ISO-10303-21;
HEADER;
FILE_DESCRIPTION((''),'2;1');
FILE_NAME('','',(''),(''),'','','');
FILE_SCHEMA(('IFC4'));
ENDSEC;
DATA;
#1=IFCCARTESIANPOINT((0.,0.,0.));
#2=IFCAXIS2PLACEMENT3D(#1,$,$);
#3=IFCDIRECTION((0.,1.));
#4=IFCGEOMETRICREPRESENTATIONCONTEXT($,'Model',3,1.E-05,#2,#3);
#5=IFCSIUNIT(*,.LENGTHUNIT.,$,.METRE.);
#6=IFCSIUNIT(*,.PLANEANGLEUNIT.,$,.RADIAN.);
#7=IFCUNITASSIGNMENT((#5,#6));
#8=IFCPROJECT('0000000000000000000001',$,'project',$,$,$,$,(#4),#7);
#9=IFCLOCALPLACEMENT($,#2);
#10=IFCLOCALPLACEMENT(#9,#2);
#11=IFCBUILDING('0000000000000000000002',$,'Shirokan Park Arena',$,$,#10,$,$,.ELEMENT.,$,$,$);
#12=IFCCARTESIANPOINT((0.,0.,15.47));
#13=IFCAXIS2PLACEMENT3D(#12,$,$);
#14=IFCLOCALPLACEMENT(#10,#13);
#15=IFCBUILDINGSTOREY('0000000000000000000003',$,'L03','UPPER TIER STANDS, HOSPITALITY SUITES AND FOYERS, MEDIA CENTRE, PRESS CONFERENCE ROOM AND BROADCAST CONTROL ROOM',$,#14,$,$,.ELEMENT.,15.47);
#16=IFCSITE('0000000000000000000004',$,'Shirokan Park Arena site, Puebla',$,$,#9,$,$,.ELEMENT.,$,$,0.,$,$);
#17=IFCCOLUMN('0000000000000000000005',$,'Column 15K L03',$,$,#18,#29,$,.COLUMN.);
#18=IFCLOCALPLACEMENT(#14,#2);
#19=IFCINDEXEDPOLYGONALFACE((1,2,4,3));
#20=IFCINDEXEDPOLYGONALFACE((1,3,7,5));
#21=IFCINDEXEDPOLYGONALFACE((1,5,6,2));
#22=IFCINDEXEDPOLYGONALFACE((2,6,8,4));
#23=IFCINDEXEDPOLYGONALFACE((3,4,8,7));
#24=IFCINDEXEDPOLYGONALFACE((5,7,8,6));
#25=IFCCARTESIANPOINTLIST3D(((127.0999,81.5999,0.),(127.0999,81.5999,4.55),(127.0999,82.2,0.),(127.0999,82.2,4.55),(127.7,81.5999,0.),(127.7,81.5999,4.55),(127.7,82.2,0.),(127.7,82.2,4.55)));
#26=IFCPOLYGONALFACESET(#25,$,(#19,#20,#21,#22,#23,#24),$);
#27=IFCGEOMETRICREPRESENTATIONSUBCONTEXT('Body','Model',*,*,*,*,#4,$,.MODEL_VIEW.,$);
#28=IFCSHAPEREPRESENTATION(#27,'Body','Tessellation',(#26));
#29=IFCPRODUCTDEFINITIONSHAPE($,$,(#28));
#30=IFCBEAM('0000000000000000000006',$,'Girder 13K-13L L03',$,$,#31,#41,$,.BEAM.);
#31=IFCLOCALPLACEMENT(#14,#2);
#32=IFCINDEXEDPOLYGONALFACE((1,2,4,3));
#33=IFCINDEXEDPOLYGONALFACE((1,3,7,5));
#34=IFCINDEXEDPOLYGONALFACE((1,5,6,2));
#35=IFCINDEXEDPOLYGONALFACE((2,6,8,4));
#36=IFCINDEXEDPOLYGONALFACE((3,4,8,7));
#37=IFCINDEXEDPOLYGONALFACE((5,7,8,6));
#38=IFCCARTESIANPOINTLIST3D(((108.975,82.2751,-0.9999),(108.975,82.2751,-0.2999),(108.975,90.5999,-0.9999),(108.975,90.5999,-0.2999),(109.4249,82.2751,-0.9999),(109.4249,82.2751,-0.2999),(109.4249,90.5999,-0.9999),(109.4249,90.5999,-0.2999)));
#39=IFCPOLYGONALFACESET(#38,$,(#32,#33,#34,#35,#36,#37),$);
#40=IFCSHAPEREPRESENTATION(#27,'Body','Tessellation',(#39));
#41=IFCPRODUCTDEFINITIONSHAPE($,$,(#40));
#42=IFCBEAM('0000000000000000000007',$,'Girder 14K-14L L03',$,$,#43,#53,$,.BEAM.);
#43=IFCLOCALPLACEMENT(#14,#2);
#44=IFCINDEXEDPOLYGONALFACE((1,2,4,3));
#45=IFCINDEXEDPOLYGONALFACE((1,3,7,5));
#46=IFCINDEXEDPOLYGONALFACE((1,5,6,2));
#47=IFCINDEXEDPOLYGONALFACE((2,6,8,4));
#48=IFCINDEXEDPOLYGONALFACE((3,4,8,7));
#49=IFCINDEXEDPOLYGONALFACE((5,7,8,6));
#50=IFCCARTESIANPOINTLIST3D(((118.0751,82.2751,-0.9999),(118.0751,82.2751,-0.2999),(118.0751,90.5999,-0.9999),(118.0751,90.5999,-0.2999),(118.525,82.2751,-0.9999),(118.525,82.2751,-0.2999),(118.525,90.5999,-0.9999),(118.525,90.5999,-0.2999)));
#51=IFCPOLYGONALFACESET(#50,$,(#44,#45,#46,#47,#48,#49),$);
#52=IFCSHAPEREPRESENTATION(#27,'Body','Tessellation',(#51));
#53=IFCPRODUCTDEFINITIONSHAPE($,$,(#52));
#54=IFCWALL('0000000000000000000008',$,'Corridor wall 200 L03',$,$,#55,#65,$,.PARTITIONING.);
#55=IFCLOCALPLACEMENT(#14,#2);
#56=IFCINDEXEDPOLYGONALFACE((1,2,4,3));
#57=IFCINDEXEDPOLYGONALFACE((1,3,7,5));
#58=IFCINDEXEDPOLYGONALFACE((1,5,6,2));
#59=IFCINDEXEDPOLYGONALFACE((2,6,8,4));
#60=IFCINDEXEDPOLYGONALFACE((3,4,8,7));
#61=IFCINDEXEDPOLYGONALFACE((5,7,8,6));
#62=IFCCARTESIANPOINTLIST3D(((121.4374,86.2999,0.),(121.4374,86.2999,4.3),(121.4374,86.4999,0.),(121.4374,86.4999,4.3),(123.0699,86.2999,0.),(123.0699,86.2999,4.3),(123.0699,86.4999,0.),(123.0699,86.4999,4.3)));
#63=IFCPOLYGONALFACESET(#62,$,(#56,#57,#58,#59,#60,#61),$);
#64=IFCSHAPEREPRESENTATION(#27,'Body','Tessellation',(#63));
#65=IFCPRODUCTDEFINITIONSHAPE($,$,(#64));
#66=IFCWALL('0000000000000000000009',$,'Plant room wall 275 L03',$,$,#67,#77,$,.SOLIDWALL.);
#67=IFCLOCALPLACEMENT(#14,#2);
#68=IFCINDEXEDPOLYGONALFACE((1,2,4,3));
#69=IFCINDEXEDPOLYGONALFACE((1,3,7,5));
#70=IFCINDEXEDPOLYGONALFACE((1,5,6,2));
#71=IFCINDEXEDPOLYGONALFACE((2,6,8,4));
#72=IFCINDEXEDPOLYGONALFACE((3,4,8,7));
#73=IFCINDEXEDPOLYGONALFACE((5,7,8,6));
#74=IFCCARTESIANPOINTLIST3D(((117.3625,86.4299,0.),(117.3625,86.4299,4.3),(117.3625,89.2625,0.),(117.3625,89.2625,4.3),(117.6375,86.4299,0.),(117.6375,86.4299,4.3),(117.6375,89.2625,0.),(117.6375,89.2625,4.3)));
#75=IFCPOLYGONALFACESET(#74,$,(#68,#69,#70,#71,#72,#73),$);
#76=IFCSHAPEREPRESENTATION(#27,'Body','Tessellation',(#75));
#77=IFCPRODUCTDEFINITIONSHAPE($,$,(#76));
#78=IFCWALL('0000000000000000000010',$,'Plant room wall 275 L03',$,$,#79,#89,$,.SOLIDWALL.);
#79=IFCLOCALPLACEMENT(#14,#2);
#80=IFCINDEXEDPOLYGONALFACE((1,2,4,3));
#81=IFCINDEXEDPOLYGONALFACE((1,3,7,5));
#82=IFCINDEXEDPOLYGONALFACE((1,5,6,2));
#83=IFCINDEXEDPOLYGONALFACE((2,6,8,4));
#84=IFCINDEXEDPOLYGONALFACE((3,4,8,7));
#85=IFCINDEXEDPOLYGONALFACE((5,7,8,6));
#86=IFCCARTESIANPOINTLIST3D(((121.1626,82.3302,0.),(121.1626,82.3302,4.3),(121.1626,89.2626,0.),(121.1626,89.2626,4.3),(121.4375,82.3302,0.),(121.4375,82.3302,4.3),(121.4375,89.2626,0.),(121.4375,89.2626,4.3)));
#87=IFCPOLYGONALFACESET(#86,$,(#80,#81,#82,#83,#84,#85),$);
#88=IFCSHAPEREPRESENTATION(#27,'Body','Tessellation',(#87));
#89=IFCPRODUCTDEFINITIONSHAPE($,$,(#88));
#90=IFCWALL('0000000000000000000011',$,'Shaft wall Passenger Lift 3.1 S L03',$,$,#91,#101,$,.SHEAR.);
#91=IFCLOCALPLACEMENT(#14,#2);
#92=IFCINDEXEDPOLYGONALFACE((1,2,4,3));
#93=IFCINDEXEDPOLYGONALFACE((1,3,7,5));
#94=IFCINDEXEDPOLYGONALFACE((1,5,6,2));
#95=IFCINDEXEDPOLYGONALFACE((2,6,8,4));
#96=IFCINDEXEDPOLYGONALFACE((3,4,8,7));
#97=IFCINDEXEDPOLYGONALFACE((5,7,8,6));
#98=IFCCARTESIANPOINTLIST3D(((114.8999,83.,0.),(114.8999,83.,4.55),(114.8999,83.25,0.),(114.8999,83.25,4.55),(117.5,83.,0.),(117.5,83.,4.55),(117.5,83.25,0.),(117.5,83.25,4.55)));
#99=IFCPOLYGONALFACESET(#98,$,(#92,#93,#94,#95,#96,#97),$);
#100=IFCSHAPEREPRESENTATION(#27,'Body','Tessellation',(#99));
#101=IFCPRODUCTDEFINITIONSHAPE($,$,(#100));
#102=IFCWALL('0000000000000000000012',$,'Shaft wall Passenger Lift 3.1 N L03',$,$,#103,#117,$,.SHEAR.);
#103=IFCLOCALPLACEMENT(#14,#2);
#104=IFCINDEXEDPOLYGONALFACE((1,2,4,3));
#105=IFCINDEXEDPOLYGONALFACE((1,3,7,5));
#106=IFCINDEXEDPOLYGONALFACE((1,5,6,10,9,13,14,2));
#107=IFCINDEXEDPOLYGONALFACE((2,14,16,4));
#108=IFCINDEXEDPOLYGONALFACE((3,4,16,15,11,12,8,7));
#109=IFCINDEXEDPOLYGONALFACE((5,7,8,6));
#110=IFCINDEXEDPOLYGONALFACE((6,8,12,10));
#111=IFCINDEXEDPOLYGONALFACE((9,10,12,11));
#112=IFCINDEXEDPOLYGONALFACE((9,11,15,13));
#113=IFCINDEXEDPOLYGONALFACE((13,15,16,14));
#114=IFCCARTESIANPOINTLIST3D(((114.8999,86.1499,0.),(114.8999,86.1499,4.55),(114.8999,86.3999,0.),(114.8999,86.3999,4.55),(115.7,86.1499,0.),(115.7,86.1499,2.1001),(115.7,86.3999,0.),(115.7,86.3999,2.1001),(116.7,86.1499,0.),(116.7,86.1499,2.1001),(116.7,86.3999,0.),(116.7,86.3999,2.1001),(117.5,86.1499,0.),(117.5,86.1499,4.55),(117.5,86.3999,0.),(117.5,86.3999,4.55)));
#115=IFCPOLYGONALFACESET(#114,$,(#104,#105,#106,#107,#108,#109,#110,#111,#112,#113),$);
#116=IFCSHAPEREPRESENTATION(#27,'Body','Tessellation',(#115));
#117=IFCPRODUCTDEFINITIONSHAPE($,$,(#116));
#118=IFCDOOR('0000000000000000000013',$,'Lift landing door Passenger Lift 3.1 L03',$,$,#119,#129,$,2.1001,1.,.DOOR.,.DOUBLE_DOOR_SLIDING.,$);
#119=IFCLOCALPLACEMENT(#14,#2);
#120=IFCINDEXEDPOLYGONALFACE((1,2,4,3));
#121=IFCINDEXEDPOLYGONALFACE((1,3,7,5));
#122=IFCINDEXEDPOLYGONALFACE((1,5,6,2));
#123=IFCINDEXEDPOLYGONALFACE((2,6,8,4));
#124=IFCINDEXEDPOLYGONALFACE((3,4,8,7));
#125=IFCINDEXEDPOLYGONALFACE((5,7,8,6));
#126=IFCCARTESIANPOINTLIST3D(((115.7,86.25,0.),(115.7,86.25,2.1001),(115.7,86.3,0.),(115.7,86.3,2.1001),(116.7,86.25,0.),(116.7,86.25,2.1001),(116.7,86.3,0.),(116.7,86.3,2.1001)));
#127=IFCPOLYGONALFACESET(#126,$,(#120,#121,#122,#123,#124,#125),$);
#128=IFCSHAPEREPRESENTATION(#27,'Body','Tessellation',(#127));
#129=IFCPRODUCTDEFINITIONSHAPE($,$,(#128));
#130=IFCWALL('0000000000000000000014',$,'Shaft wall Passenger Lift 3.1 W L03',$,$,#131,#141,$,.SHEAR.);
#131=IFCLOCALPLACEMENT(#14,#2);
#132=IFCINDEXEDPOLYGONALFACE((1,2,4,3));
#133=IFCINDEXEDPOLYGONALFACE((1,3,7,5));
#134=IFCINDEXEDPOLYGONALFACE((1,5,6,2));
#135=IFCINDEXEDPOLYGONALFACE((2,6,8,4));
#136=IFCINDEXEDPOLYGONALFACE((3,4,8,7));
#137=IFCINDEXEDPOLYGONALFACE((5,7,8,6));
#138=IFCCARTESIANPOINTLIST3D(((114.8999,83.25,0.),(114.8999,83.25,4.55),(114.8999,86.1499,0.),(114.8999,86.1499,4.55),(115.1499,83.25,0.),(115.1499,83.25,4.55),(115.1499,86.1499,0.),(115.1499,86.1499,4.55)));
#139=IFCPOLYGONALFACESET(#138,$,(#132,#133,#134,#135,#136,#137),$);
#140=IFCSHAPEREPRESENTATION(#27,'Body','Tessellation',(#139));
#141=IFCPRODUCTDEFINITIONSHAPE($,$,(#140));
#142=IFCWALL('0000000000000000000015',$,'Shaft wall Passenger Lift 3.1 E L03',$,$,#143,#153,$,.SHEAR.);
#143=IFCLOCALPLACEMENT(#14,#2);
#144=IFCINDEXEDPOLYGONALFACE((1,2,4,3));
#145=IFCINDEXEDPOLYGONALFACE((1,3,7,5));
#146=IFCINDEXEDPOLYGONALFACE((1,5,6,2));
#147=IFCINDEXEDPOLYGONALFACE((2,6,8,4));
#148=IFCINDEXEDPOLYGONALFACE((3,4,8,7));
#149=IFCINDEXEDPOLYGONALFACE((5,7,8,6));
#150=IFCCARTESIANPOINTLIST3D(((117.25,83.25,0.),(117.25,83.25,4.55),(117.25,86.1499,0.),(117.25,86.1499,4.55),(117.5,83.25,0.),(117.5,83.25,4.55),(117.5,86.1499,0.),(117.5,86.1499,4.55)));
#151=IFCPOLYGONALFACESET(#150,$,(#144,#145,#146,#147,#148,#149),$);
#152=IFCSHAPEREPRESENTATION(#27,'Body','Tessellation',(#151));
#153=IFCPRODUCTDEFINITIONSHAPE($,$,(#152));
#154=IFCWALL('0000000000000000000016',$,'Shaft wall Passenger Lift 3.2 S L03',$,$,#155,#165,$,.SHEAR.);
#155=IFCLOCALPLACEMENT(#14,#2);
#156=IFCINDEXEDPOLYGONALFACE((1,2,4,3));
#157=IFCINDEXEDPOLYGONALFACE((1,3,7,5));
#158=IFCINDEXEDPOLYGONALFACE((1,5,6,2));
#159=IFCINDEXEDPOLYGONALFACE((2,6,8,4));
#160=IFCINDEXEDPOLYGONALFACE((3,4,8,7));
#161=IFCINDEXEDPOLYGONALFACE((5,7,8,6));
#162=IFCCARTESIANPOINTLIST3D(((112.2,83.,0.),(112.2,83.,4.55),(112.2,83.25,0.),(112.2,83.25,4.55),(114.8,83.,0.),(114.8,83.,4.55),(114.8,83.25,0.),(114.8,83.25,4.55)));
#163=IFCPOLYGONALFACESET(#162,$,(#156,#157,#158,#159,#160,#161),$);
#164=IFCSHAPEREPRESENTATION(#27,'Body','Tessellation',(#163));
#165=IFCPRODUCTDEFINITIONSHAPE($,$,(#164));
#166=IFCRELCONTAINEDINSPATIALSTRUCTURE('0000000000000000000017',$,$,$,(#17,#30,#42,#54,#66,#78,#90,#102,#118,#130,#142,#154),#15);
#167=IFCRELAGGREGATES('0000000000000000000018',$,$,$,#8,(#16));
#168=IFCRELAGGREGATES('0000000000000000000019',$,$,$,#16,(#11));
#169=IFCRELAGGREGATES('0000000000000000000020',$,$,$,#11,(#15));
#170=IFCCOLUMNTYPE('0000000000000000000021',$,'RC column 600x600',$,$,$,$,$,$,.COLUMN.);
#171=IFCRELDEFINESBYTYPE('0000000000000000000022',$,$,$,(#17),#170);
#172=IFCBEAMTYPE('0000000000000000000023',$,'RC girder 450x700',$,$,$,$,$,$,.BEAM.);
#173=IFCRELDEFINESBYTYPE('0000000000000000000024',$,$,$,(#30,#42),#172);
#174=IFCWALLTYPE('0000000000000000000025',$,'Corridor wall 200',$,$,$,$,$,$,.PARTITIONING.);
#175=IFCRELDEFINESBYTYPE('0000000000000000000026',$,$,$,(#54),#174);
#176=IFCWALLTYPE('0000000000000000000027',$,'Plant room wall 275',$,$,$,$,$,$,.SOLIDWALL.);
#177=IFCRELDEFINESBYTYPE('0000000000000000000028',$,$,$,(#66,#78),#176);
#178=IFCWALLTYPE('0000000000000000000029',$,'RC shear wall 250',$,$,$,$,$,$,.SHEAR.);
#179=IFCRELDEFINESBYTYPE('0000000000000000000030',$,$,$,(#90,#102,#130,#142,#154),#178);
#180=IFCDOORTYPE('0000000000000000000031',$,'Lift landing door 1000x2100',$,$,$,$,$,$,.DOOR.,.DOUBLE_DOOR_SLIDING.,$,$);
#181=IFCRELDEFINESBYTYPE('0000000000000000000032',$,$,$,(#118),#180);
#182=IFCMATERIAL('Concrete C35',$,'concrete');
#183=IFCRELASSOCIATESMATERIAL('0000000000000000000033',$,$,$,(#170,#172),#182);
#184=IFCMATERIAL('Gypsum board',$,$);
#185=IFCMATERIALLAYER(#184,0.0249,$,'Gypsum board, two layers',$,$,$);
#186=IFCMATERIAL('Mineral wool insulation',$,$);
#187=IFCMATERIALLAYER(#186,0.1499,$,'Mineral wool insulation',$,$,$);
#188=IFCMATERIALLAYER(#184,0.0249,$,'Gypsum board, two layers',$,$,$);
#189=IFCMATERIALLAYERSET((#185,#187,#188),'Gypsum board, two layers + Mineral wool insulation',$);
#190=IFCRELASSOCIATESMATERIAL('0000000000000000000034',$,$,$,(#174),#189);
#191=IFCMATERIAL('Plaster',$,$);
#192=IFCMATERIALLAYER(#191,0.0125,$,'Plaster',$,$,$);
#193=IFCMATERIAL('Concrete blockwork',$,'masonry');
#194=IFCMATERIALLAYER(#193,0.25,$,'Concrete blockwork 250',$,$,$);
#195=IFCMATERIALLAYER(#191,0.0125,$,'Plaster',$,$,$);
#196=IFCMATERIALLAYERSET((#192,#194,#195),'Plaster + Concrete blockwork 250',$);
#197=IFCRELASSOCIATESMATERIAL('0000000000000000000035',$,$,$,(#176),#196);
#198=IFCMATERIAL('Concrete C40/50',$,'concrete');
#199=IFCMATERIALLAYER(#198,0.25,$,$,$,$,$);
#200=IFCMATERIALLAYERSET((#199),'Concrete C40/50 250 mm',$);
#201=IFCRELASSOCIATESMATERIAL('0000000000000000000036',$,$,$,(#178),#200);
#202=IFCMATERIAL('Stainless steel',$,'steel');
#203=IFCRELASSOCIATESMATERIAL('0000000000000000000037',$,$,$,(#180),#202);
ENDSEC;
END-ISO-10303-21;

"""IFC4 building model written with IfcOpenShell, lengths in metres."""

from ifc_helpers import new_model, si_unit, direction, frame, frame_2d, origin, origin_2d, place, context, subcontext, project, spatial, rectangle, extrude, material, layer, layer_set, material_profile, profile_set, type_object, element, fill, save


model = new_model("IFC4")

# Units and contexts
model_context = context("Model", 3, precision=1e-05, world=origin(), true_north=direction((0.0, 1.0)))
body_context = subcontext(model_context, "Body", "Model", "MODEL_VIEW")
ifc_project = project(units=[si_unit("LENGTHUNIT", "METRE"), si_unit("PLANEANGLEUNIT", "RADIAN")], contexts=[model_context])

# Site, building, storey
site_placement = place(None, origin())
site = spatial("IfcSite", under=ifc_project, at=site_placement, Name="Shirokan Park Arena site, Puebla", CompositionType="ELEMENT", RefElevation=0.0)
building_placement = place(site_placement, origin())
building = spatial("IfcBuilding", under=site, at=building_placement, Name="Shirokan Park Arena", CompositionType="ELEMENT")
storey_placement = place(building_placement, frame((0.0, 0.0, 15.47)))
storey = spatial("IfcBuildingStorey", under=building, at=storey_placement, Name="L03", Description="UPPER TIER STANDS, HOSPITALITY SUITES AND FOYERS, MEDIA CENTRE, PRESS CONFERENCE ROOM AND BROADCAST CONTROL ROOM", CompositionType="ELEMENT", Elevation=15.47)

# Column
ifc_material_1 = material(Name="Concrete C35", Category="concrete")
ifc_material_profile_1 = material_profile(ifc_material_1, rectangle(XDim=0.6001, YDim=0.6001, at=origin_2d()), Name="600x600")
ifc_profile_set_1 = profile_set([ifc_material_profile_1], Name="Concrete C35")
column_type = type_object("IfcColumnType", Name="RC column 600x600", PredefinedType="COLUMN", material=ifc_profile_set_1)
column_placement = place(storey_placement, frame((127.3999, 81.8999, 0.0), z_axis=(0.0, 0.0, 1.0), x_axis=(1.0, 0.0, 0.0)))
element("IfcColumn", 1, at=column_placement, inside=storey, type_object=column_type, Name="Column 15K L03", PredefinedType="COLUMN", context=body_context, shape_type="SweptSolid", body=[
    extrude(rectangle(XDim=0.6001, YDim=0.6001, at=origin_2d()), origin(), (0.0, 0.0, 1.0), 4.55),
])

# Beams
ifc_material_profile_2 = material_profile(ifc_material_1, rectangle(XDim=0.45, YDim=0.7, at=origin_2d()), Name="450x700")
ifc_profile_set_2 = profile_set([ifc_material_profile_2], Name="Concrete C35")
beam_type = type_object("IfcBeamType", Name="RC girder 450x700", PredefinedType="BEAM", material=ifc_profile_set_2)
for number, where, z_axis, x_axis, name in (
    (2, (109.2, 82.2751, -0.6499), (0.0, 1.0, 0.0), (-1.0, 0.0, 0.0), "Girder 13K-13L L03"),
    (3, (118.3, 82.2751, -0.6499), (0.0, 1.0, 0.0), (-1.0, 0.0, 0.0), "Girder 14K-14L L03"),
):
    element("IfcBeam", number, at=place(storey_placement, frame(where, z_axis=z_axis, x_axis=x_axis)), inside=storey, type_object=beam_type, Name=name, PredefinedType="BEAM", context=body_context, shape_type="SweptSolid", body=[
        extrude(rectangle(XDim=0.45, YDim=0.7, at=origin_2d()), origin(), (0.0, 0.0, 1.0), 8.3247),
    ])

# Walls
ifc_material_2 = material(Name="Gypsum board")
ifc_layer_1 = layer(ifc_material_2, 0.0249, Name="Gypsum board, two layers")
ifc_material_3 = material(Name="Mineral wool insulation")
ifc_layer_2 = layer(ifc_material_3, 0.1499, Name="Mineral wool insulation")
ifc_layer_3 = layer(ifc_material_2, 0.0249, Name="Gypsum board, two layers")
ifc_layer_set_1 = layer_set([ifc_layer_1, ifc_layer_2, ifc_layer_3], Name="Gypsum board, two layers + Mineral wool insulation")
wall_type_1 = type_object("IfcWallType", Name="Corridor wall 200", PredefinedType="PARTITIONING", material=ifc_layer_set_1)
wall_1_placement = place(storey_placement, frame((123.0701, 86.3999, 0.0), z_axis=(0.0, 0.0, 1.0), x_axis=(-1.0, 0.0, 0.0)))
element("IfcWall", 4, at=wall_1_placement, inside=storey, type_object=wall_type_1, Name="Corridor wall 200 L03", PredefinedType="PARTITIONING", context=body_context, shape_type="SweptSolid", body=[
    extrude(rectangle(XDim=1.6326, YDim=0.2, at=frame_2d((0.8164, 0.0))), origin(), (0.0, 0.0, 1.0), 4.3),
])
ifc_material_4 = material(Name="Plaster")
ifc_layer_4 = layer(ifc_material_4, 0.0125, Name="Plaster")
ifc_material_5 = material(Name="Concrete blockwork", Category="masonry")
ifc_layer_5 = layer(ifc_material_5, 0.25, Name="Concrete blockwork 250")
ifc_layer_6 = layer(ifc_material_4, 0.0125, Name="Plaster")
ifc_layer_set_2 = layer_set([ifc_layer_4, ifc_layer_5, ifc_layer_6], Name="Plaster + Concrete blockwork 250")
wall_type_2 = type_object("IfcWallType", Name="Plant room wall 275", PredefinedType="SOLIDWALL", material=ifc_layer_set_2)
wall_2_placement = place(storey_placement, frame((117.5, 86.4299, 0.0), z_axis=(0.0, 0.0, 1.0), x_axis=(0.0, 1.0, 0.0)))
element("IfcWall", 5, at=wall_2_placement, inside=storey, type_object=wall_type_2, Name="Plant room wall 275 L03", PredefinedType="SOLIDWALL", context=body_context, shape_type="SweptSolid", body=[
    extrude(rectangle(XDim=2.8325, YDim=0.2749, at=frame_2d((1.4163, 0.0))), origin(), (0.0, 0.0, 1.0), 4.3),
])
wall_3_placement = place(storey_placement, frame((121.3, 82.3301, 0.0), z_axis=(0.0, 0.0, 1.0), x_axis=(0.0, 1.0, 0.0)))
element("IfcWall", 6, at=wall_3_placement, inside=storey, type_object=wall_type_2, Name="Plant room wall 275 L03", PredefinedType="SOLIDWALL", context=body_context, shape_type="SweptSolid", body=[
    extrude(rectangle(XDim=6.9324, YDim=0.2749, at=frame_2d((3.4663, 0.0))), origin(), (0.0, 0.0, 1.0), 4.3),
])
ifc_material_6 = material(Name="Concrete C40/50", Category="concrete")
ifc_layer_7 = layer(ifc_material_6, 0.25)
ifc_layer_set_3 = layer_set([ifc_layer_7], Name="Concrete C40/50 250 mm")
wall_type_3 = type_object("IfcWallType", Name="RC shear wall 250", PredefinedType="SHEAR", material=ifc_layer_set_3)
wall_4_placement = place(storey_placement, frame((117.5, 83.125, 0.0), z_axis=(0.0, 0.0, 1.0), x_axis=(-1.0, 0.0, 0.0)))
element("IfcWall", 7, at=wall_4_placement, inside=storey, type_object=wall_type_3, Name="Shaft wall Passenger Lift 3.1 S L03", PredefinedType="SHEAR", context=body_context, shape_type="SweptSolid", body=[
    extrude(rectangle(XDim=2.6001, YDim=0.25, at=frame_2d((1.3, 0.0))), origin(), (0.0, 0.0, 1.0), 4.55),
])

# Wall, opening, door
wall_5_placement = place(storey_placement, frame((117.5, 86.2749, 0.0), z_axis=(0.0, 0.0, 1.0), x_axis=(-1.0, 0.0, 0.0)))
wall_5 = element("IfcWall", 8, at=wall_5_placement, inside=storey, type_object=wall_type_3, Name="Shaft wall Passenger Lift 3.1 N L03", PredefinedType="SHEAR", context=body_context, shape_type="SweptSolid", body=[
    extrude(rectangle(XDim=2.6001, YDim=0.25, at=frame_2d((1.3, 0.0))), origin(), (0.0, 0.0, 1.0), 4.55),
])
opening_1_placement = place(wall_5_placement, frame((0.8, 0.0, 0.0)))
opening_1 = element("IfcOpeningElement", 9, at=opening_1_placement, cuts=wall_5, PredefinedType="OPENING", context=body_context, shape_type="SweptSolid", body=[
    extrude(rectangle(XDim=1.0, YDim=2.1001, at=frame_2d((0.5, 1.05))), frame((0.0, 0.135, 0.0), z_axis=(0.0, -1.0, 0.0), x_axis=(1.0, 0.0, 0.0)), (0.0, 0.0, 1.0), 0.27),
])
ifc_material_7 = material(Name="Stainless steel", Category="steel")
door_type_1 = type_object("IfcDoorType", Name="Lift landing door 1000x2100", OperationType="DOUBLE_DOOR_SLIDING", PredefinedType="DOOR", material=ifc_material_7)
door_1_placement = place(opening_1_placement, origin())
door_1 = element("IfcDoor", 10, at=door_1_placement, inside=storey, type_object=door_type_1, Name="Lift landing door Passenger Lift 3.1 L03", OperationType="DOUBLE_DOOR_SLIDING", OverallHeight=2.1001, OverallWidth=1.0, PredefinedType="DOOR", context=body_context, shape_type="SweptSolid", body=[
    extrude(rectangle(XDim=1.0, YDim=2.1001, at=frame_2d((0.5, 1.05))), frame((0.0, 0.0249, 0.0), z_axis=(0.0, -1.0, 0.0), x_axis=(1.0, 0.0, 0.0)), (0.0, 0.0, 1.0), 0.05),
])
fill(opening_1, door_1)

# Walls
for number, where, z_axis, x_axis, name in (
    (11, (115.0249, 86.1499, 0.0), (0.0, 0.0, 1.0), (0.0, -1.0, 0.0), "Shaft wall Passenger Lift 3.1 W L03"),
    (12, (117.375, 86.1499, 0.0), (0.0, 0.0, 1.0), (0.0, -1.0, 0.0), "Shaft wall Passenger Lift 3.1 E L03"),
):
    element("IfcWall", number, at=place(storey_placement, frame(where, z_axis=z_axis, x_axis=x_axis)), inside=storey, type_object=wall_type_3, Name=name, PredefinedType="SHEAR", context=body_context, shape_type="SweptSolid", body=[
        extrude(rectangle(XDim=2.8999, YDim=0.25, at=frame_2d((1.45, 0.0))), origin(), (0.0, 0.0, 1.0), 4.55),
    ])
wall_6_placement = place(storey_placement, frame((114.8, 83.125, 0.0), z_axis=(0.0, 0.0, 1.0), x_axis=(-1.0, 0.0, 0.0)))
element("IfcWall", 13, at=wall_6_placement, inside=storey, type_object=wall_type_3, Name="Shaft wall Passenger Lift 3.2 S L03", PredefinedType="SHEAR", context=body_context, shape_type="SweptSolid", body=[
    extrude(rectangle(XDim=2.6001, YDim=0.25, at=frame_2d((1.3, 0.0))), origin(), (0.0, 0.0, 1.0), 4.55),
])

save(model, "model.ifc")
